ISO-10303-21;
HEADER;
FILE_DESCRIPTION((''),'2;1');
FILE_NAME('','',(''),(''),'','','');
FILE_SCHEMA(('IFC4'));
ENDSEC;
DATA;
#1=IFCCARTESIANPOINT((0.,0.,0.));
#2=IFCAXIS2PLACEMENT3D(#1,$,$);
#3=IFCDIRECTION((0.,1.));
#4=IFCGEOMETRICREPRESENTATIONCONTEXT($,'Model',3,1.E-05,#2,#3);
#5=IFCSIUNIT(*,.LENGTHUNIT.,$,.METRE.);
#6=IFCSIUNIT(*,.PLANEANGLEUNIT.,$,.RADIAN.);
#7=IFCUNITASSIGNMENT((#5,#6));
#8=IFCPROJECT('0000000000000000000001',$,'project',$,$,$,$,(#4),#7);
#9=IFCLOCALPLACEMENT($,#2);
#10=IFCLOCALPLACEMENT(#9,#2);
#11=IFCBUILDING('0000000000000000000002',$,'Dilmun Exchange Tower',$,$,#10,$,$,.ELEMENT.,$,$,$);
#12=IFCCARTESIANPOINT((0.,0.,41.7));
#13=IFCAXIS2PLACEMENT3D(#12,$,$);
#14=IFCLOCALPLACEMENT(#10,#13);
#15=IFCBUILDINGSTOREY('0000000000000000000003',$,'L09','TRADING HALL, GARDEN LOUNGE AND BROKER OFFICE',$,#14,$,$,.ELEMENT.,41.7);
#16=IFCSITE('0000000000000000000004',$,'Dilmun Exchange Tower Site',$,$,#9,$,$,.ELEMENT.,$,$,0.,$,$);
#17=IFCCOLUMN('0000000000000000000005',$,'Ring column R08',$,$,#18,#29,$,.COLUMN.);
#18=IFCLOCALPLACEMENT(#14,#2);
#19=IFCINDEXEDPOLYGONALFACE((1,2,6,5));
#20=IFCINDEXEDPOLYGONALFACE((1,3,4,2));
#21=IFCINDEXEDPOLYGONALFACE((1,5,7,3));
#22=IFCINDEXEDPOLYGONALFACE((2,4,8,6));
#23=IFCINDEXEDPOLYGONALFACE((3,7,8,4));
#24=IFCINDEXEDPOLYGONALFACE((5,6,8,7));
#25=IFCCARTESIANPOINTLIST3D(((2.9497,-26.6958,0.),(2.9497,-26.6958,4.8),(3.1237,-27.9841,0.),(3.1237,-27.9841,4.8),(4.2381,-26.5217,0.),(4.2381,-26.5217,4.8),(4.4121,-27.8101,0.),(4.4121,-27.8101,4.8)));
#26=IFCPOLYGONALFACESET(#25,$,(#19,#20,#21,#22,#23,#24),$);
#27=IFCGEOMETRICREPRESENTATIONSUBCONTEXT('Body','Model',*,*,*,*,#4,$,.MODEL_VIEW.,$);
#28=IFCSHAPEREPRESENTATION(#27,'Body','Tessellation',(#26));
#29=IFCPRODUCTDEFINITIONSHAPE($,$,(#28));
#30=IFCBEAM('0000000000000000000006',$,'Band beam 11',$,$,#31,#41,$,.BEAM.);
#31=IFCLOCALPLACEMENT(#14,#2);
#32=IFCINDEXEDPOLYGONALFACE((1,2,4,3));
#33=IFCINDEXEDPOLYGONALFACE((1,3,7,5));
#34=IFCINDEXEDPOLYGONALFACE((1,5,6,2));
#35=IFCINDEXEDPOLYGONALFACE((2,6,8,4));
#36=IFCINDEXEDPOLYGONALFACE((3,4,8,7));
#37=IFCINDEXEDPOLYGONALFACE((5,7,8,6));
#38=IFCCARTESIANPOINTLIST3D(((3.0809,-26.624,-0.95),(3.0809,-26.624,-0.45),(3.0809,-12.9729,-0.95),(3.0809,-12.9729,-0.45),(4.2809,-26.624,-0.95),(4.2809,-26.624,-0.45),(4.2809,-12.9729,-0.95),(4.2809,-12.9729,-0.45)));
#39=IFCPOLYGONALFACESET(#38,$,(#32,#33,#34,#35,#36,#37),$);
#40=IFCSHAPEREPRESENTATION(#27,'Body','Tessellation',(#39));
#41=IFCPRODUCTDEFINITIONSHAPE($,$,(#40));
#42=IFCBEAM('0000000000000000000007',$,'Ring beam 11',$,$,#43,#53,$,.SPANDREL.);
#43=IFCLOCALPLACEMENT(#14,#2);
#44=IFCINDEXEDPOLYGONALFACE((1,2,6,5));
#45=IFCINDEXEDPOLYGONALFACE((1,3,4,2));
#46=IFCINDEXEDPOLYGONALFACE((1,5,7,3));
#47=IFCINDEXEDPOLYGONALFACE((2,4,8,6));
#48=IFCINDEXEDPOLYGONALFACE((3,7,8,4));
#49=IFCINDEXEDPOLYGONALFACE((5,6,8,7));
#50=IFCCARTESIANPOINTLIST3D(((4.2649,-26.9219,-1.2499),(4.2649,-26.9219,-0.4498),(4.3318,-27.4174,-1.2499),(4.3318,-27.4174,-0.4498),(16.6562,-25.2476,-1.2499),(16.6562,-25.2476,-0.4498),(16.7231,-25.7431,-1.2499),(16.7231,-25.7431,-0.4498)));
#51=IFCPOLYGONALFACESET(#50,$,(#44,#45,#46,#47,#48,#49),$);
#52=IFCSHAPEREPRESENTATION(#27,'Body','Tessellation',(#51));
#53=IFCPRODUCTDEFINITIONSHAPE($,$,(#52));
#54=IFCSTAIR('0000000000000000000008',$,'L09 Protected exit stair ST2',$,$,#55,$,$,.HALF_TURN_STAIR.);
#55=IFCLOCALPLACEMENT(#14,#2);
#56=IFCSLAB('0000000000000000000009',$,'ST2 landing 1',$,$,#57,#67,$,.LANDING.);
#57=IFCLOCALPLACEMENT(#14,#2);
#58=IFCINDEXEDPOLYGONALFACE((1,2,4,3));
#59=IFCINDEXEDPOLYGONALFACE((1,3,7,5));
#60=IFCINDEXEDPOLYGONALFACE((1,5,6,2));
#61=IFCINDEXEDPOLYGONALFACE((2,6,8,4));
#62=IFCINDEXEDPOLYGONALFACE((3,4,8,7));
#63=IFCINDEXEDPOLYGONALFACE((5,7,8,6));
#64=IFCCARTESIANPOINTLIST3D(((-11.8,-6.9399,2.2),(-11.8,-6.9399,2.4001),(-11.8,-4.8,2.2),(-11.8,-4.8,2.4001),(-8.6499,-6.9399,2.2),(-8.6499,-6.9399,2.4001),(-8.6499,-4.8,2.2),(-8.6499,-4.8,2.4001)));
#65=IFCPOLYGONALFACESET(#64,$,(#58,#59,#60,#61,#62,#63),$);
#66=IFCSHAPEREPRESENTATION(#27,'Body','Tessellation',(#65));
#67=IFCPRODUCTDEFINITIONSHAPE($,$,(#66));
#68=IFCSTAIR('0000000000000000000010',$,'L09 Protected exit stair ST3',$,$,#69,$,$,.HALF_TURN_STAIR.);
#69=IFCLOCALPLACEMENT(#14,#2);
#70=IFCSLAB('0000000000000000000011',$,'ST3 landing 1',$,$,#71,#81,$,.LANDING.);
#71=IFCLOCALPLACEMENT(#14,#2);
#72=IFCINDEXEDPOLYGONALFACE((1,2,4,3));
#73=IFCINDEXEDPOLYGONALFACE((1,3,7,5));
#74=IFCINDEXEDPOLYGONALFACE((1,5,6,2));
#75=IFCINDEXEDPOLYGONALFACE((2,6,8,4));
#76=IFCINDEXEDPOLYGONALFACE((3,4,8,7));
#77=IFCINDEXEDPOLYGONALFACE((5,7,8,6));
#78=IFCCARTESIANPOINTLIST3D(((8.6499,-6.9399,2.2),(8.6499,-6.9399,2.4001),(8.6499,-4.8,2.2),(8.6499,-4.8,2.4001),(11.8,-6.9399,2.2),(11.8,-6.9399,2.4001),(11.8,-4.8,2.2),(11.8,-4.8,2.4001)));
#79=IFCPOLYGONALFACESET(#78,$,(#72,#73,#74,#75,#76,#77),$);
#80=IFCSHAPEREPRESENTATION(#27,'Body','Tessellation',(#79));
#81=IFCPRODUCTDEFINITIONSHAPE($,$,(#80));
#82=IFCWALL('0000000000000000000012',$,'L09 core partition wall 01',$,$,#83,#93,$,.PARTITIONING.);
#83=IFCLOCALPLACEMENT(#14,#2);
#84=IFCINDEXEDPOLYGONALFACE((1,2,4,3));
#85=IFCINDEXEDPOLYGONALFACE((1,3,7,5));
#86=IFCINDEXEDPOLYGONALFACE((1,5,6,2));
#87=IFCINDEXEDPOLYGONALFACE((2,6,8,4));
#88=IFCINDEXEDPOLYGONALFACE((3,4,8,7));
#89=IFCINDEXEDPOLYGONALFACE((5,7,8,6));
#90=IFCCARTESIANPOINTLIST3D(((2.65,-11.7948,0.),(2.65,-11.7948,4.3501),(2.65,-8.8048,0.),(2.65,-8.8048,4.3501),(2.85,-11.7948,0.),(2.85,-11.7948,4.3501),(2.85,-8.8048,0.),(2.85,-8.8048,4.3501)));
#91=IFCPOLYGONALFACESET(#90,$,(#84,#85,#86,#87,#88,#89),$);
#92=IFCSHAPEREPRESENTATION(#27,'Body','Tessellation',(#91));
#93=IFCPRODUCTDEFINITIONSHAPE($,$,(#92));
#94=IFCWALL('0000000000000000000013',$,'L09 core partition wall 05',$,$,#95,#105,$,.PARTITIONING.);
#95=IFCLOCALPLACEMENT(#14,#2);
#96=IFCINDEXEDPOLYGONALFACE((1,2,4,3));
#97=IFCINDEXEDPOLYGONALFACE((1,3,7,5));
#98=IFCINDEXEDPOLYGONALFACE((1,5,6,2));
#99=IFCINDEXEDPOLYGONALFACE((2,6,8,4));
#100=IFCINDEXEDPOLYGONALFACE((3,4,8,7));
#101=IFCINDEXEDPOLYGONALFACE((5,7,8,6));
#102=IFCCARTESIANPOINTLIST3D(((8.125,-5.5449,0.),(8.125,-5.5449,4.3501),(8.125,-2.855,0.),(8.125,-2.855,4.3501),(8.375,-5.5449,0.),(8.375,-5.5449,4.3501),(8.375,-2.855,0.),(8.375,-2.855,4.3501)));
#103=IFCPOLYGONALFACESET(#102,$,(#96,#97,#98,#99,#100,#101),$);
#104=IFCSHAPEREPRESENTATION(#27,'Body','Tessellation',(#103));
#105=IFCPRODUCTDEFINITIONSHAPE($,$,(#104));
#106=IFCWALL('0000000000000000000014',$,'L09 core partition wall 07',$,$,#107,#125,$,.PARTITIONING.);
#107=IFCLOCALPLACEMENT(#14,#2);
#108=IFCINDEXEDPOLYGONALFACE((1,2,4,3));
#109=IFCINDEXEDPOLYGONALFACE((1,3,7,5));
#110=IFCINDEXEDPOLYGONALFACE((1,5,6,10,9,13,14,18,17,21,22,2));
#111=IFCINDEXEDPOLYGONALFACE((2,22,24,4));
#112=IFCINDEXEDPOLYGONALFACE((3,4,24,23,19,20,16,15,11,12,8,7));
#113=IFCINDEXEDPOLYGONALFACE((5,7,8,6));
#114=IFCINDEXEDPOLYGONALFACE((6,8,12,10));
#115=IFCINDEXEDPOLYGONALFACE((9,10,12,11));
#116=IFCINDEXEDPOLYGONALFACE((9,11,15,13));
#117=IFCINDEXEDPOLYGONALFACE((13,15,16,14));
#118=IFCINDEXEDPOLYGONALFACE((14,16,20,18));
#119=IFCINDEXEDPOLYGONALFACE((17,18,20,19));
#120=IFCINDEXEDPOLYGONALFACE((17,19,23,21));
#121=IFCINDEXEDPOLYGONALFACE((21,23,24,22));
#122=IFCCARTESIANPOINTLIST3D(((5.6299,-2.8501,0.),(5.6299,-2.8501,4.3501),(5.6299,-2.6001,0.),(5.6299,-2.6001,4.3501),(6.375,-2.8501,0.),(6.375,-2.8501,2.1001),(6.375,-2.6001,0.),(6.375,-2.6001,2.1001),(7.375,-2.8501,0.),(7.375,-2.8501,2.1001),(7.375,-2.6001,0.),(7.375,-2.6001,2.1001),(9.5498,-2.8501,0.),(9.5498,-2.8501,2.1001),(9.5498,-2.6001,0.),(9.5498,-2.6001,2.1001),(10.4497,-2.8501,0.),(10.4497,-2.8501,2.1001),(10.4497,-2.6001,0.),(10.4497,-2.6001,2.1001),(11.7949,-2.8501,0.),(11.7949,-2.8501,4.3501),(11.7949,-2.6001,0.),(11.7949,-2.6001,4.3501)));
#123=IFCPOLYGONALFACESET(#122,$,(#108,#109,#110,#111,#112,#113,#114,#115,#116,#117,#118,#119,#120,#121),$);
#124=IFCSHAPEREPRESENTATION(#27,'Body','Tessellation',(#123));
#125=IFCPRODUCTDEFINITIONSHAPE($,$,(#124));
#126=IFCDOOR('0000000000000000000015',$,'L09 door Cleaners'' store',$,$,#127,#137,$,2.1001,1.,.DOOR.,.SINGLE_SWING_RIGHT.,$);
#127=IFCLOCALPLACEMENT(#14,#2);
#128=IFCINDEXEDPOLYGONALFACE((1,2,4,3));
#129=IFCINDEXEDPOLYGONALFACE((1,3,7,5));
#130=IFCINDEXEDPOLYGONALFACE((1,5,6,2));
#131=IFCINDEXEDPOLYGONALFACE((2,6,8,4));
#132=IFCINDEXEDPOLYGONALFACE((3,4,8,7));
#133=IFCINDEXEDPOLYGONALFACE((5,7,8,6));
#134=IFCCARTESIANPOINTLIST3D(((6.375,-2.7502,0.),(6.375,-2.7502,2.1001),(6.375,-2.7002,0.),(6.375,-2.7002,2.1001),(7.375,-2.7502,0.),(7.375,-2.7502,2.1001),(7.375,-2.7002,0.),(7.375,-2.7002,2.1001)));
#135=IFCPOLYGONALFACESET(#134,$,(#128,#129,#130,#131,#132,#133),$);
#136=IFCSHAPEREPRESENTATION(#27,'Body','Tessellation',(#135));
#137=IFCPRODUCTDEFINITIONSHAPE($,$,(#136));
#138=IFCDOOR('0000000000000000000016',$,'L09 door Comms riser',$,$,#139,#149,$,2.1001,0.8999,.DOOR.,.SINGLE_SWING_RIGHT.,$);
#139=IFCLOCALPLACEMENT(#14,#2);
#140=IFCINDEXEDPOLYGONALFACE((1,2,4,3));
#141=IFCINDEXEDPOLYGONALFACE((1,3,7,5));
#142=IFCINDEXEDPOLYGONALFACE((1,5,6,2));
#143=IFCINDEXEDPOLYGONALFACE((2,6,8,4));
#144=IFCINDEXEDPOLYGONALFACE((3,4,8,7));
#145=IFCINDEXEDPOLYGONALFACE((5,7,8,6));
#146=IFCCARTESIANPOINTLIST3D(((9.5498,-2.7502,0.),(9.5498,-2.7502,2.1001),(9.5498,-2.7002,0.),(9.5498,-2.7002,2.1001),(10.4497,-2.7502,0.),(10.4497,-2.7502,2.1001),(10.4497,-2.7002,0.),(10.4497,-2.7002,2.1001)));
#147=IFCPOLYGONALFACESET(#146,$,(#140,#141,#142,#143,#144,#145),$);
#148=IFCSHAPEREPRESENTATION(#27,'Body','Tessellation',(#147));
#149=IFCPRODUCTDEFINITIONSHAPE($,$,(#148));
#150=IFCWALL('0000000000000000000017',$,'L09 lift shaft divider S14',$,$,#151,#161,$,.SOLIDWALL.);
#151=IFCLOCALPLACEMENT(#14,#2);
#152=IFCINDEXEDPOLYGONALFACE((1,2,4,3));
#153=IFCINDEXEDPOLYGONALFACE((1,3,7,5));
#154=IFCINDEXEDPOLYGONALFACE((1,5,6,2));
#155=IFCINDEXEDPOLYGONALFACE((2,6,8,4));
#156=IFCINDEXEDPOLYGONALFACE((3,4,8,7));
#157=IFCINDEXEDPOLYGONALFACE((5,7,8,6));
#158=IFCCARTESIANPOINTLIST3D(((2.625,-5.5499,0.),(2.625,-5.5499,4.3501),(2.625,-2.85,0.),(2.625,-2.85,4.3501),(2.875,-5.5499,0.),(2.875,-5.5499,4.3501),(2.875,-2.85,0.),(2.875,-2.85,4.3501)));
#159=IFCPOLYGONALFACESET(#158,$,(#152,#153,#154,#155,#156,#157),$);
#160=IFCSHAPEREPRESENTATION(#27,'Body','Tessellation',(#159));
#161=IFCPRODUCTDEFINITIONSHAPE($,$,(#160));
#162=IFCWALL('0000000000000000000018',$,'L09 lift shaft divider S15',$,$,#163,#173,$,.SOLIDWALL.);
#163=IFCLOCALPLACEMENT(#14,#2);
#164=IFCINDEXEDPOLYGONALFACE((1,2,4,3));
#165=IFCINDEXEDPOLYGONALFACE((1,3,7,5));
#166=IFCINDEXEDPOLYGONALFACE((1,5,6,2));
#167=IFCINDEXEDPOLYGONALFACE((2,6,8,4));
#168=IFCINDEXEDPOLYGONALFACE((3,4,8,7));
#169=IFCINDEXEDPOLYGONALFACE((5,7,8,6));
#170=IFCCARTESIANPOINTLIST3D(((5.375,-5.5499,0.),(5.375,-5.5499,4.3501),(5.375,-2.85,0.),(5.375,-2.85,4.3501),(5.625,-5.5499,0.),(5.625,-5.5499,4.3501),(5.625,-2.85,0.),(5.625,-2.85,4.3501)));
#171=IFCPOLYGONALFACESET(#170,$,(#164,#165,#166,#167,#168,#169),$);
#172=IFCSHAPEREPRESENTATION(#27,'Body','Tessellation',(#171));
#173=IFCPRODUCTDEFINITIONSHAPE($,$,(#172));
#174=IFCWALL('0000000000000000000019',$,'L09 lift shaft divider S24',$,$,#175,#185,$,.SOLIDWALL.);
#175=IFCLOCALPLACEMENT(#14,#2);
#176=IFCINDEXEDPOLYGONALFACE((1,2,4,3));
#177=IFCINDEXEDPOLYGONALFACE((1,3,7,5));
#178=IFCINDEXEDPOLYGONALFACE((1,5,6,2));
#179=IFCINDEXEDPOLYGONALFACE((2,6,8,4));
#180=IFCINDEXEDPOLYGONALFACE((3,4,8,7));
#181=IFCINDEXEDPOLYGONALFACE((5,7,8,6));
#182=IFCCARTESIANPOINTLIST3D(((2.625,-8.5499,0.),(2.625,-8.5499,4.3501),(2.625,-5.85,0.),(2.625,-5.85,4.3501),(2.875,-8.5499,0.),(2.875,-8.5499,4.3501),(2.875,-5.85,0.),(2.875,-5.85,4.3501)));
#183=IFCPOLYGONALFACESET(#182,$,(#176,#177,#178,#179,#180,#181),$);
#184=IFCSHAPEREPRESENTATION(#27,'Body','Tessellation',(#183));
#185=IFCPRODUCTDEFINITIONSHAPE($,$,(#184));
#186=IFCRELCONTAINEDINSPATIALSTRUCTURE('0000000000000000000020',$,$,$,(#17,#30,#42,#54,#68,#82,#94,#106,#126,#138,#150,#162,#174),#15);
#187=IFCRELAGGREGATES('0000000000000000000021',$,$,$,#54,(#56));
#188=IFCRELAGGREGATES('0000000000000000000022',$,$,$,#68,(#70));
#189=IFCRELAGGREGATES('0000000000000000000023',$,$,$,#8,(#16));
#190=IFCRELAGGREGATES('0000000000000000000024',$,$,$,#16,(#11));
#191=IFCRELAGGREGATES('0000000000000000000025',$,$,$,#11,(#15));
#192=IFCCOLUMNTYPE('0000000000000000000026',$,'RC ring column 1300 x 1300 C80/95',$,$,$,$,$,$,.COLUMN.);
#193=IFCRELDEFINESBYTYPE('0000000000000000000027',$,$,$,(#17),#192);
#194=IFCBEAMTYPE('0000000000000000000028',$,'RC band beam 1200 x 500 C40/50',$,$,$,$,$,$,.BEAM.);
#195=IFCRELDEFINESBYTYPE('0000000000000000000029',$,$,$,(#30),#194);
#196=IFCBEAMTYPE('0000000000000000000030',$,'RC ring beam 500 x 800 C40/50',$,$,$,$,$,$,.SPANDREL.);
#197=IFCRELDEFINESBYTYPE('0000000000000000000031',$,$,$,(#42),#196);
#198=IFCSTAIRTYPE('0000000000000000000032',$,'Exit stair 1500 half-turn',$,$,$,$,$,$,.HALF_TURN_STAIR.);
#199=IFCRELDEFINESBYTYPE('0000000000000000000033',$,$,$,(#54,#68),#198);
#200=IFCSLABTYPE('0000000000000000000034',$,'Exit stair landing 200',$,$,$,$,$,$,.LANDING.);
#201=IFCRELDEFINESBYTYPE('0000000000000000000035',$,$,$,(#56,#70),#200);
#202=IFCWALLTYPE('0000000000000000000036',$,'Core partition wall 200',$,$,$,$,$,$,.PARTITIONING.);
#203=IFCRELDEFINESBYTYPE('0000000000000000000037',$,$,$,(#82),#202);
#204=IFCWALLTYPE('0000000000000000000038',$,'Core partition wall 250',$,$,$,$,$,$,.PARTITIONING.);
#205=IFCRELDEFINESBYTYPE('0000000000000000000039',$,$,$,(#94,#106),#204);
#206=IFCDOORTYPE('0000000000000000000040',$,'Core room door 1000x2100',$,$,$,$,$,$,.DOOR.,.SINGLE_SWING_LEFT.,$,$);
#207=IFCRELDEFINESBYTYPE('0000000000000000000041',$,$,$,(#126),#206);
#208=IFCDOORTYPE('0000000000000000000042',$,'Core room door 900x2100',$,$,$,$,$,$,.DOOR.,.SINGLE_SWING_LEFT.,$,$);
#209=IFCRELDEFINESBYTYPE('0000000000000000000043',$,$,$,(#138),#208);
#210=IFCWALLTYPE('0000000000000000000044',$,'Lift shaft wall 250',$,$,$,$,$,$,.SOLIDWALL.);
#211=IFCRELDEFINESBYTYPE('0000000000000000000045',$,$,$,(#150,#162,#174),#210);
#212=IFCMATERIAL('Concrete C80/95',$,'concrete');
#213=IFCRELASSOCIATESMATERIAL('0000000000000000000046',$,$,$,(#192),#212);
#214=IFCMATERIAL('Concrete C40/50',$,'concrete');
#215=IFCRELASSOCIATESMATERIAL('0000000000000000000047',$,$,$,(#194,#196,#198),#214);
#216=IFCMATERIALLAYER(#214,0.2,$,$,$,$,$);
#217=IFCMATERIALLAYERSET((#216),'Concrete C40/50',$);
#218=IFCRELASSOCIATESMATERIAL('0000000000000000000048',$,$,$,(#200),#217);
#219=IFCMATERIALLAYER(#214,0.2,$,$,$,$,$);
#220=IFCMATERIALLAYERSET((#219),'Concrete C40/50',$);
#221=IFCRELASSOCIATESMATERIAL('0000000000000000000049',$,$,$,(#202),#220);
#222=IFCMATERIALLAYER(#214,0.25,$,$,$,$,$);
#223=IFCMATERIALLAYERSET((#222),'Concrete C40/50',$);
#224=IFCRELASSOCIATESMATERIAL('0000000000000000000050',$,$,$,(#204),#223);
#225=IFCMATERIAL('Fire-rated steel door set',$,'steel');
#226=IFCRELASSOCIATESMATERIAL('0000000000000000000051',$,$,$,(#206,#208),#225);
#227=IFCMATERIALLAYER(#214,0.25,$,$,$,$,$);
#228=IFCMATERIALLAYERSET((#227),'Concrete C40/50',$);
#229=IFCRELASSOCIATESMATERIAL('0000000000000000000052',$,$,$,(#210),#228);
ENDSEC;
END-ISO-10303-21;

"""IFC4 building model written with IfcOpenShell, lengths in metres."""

from ifc_helpers import new_model, si_unit, direction, frame, frame_2d, origin, origin_2d, place, context, subcontext, project, spatial, polyline, rectangle, outline, extrude, material, layer, layer_set, material_profile, profile_set, type_object, element, fill, aggregate, save


model = new_model("IFC4")

# Units and contexts
model_context = context("Model", 3, precision=1e-05, world=origin(), true_north=direction((0.0, 1.0)))
body_context = subcontext(model_context, "Body", "Model", "MODEL_VIEW")
ifc_project = project(units=[si_unit("LENGTHUNIT", "METRE"), si_unit("PLANEANGLEUNIT", "RADIAN")], contexts=[model_context])

# Site, building, storey
site_placement = place(None, origin())
site = spatial("IfcSite", under=ifc_project, at=site_placement, Name="Dilmun Exchange Tower Site", CompositionType="ELEMENT", RefElevation=0.0)
building_placement = place(site_placement, origin())
building = spatial("IfcBuilding", under=site, at=building_placement, Name="Dilmun Exchange Tower", CompositionType="ELEMENT")
storey_placement = place(building_placement, frame((0.0, 0.0, 41.7)))
storey = spatial("IfcBuildingStorey", under=building, at=storey_placement, Name="L09", Description="TRADING HALL, GARDEN LOUNGE AND BROKER OFFICE", CompositionType="ELEMENT", Elevation=41.7)

# Column
ifc_material_1 = material(Name="Concrete C80/95", Category="concrete")
ifc_material_profile_1 = material_profile(ifc_material_1, rectangle(XDim=1.3, YDim=1.3, at=origin_2d()), Name="1300 x 1300")
ifc_profile_set_1 = profile_set([ifc_material_profile_1], Name="Concrete C80/95")
column_type = type_object("IfcColumnType", Name="RC ring column 1300 x 1300 C80/95", PredefinedType="COLUMN", material=ifc_profile_set_1)
column_placement = place(storey_placement, frame((3.6809, -27.2529, 0.0), z_axis=(0.0, 0.0, 1.0), x_axis=(0.991001, 0.133853, 0.0)))
element("IfcColumn", 1, at=column_placement, inside=storey, type_object=column_type, Name="Ring column R08", PredefinedType="COLUMN", context=body_context, shape_type="SweptSolid", body=[
    extrude(rectangle(XDim=1.3, YDim=1.3, at=origin_2d()), origin(), (0.0, 0.0, 1.0), 4.8),
])

# Beams
ifc_material_2 = material(Name="Concrete C40/50", Category="concrete")
ifc_material_profile_2 = material_profile(ifc_material_2, rectangle(XDim=1.2, YDim=0.5, at=origin_2d()), Name="1200 x 500")
ifc_profile_set_2 = profile_set([ifc_material_profile_2], Name="Concrete C40/50")
beam_type_1 = type_object("IfcBeamType", Name="RC band beam 1200 x 500 C40/50", PredefinedType="BEAM", material=ifc_profile_set_2)
beam_1_placement = place(storey_placement, frame((3.6809, -26.624, -0.7), z_axis=(0.0, 1.0, 0.0), x_axis=(-1.0, 0.0, 0.0)))
element("IfcBeam", 2, at=beam_1_placement, inside=storey, type_object=beam_type_1, Name="Band beam 11", PredefinedType="BEAM", context=body_context, shape_type="SweptSolid", body=[
    extrude(rectangle(XDim=1.2, YDim=0.5, at=origin_2d()), origin(), (0.0, 0.0, 1.0), 13.6511),
])
ifc_material_profile_3 = material_profile(ifc_material_2, rectangle(XDim=0.5, YDim=0.8, at=origin_2d()), Name="500 x 800")
ifc_profile_set_3 = profile_set([ifc_material_profile_3], Name="Concrete C40/50")
beam_type_2 = type_object("IfcBeamType", Name="RC ring beam 500 x 800 C40/50", PredefinedType="SPANDREL", material=ifc_profile_set_3)
beam_2_placement = place(storey_placement, frame((4.2983, -27.1697, -0.8499), z_axis=(0.990994, 0.133903, 0.0), x_axis=(-0.133903, 0.990994, 0.0)))
element("IfcBeam", 3, at=beam_2_placement, inside=storey, type_object=beam_type_2, Name="Ring beam 11", PredefinedType="SPANDREL", context=body_context, shape_type="SweptSolid", body=[
    extrude(rectangle(XDim=0.5, YDim=0.8, at=origin_2d()), origin(), (0.0, 0.0, 1.0), 12.5039),
])

# Stairs, slabs
stair_type = type_object("IfcStairType", Name="Exit stair 1500 half-turn", PredefinedType="HALF_TURN_STAIR", material=ifc_material_2)
stair_1_placement = place(storey_placement, origin())
stair_1 = element("IfcStair", 4, at=stair_1_placement, inside=storey, type_object=stair_type, Name="L09 Protected exit stair ST2", PredefinedType="HALF_TURN_STAIR")
ifc_layer_1 = layer(ifc_material_2, 0.2)
ifc_layer_set_1 = layer_set([ifc_layer_1], Name="Concrete C40/50")
slab_type = type_object("IfcSlabType", Name="Exit stair landing 200", PredefinedType="LANDING", material=ifc_layer_set_1)
slab_1_placement = place(storey_placement, frame((0.0, 0.0, 2.2)))
slab_1 = element("IfcSlab", 5, at=slab_1_placement, type_object=slab_type, Name="ST2 landing 1", PredefinedType="LANDING", context=body_context, shape_type="SweptSolid", body=[
    extrude(outline(polyline([(-8.6499, -6.9399), (-8.6499, -4.8), (-11.8, -4.8), (-11.8, -6.9399), (-8.6499, -6.9399)])), origin(), (0.0, 0.0, 1.0), 0.2002),
])
aggregate(stair_1, [slab_1])
stair_2_placement = place(storey_placement, origin())
stair_2 = element("IfcStair", 6, at=stair_2_placement, inside=storey, type_object=stair_type, Name="L09 Protected exit stair ST3", PredefinedType="HALF_TURN_STAIR")
slab_2_placement = place(storey_placement, frame((0.0, 0.0, 2.2)))
slab_2 = element("IfcSlab", 7, at=slab_2_placement, type_object=slab_type, Name="ST3 landing 1", PredefinedType="LANDING", context=body_context, shape_type="SweptSolid", body=[
    extrude(outline(polyline([(11.8, -6.9399), (11.8, -4.8), (8.6499, -4.8), (8.6499, -6.9399), (11.8, -6.9399)])), origin(), (0.0, 0.0, 1.0), 0.2002),
])
aggregate(stair_2, [slab_2])

# Walls
ifc_layer_2 = layer(ifc_material_2, 0.2)
ifc_layer_set_2 = layer_set([ifc_layer_2], Name="Concrete C40/50")
wall_type_1 = type_object("IfcWallType", Name="Core partition wall 200", PredefinedType="PARTITIONING", material=ifc_layer_set_2)
wall_1_placement = place(storey_placement, frame((2.75, -11.7949, 0.0), z_axis=(0.0, 0.0, 1.0), x_axis=(0.0, 1.0, 0.0)))
element("IfcWall", 8, at=wall_1_placement, inside=storey, type_object=wall_type_1, Name="L09 core partition wall 01", PredefinedType="PARTITIONING", context=body_context, shape_type="SweptSolid", body=[
    extrude(rectangle(XDim=2.99, YDim=0.2, at=frame_2d((1.4951, 0.0))), origin(), (0.0, 0.0, 1.0), 4.3501),
])
ifc_layer_3 = layer(ifc_material_2, 0.25)
ifc_layer_set_3 = layer_set([ifc_layer_3], Name="Concrete C40/50")
wall_type_2 = type_object("IfcWallType", Name="Core partition wall 250", PredefinedType="PARTITIONING", material=ifc_layer_set_3)
wall_2_placement = place(storey_placement, frame((8.25, -5.5449, 0.0), z_axis=(0.0, 0.0, 1.0), x_axis=(0.0, 1.0, 0.0)))
element("IfcWall", 9, at=wall_2_placement, inside=storey, type_object=wall_type_2, Name="L09 core partition wall 05", PredefinedType="PARTITIONING", context=body_context, shape_type="SweptSolid", body=[
    extrude(rectangle(XDim=2.6899, YDim=0.25, at=frame_2d((1.345, 0.0))), origin(), (0.0, 0.0, 1.0), 4.3501),
])

# Wall, openings, doors
wall_3_placement = place(storey_placement, frame((5.6299, -2.7251, 0.0), z_axis=(0.0, 0.0, 1.0), x_axis=(1.0, 0.0, 0.0)))
wall_3 = element("IfcWall", 10, at=wall_3_placement, inside=storey, type_object=wall_type_2, Name="L09 core partition wall 07", PredefinedType="PARTITIONING", context=body_context, shape_type="SweptSolid", body=[
    extrude(rectangle(XDim=6.165, YDim=0.25, at=frame_2d((3.0825, 0.0))), origin(), (0.0, 0.0, 1.0), 4.3501),
])
opening_1_placement = place(wall_3_placement, frame((0.7451, 0.0, 0.0)))
opening_1 = element("IfcOpeningElement", 11, at=opening_1_placement, cuts=wall_3, PredefinedType="OPENING", context=body_context, shape_type="SweptSolid", body=[
    extrude(rectangle(XDim=1.0, YDim=2.1001, at=frame_2d((0.5, 1.05))), frame((0.0, 0.135, 0.0), z_axis=(0.0, -1.0, 0.0), x_axis=(1.0, 0.0, 0.0)), (0.0, 0.0, 1.0), 0.27),
])
opening_2_placement = place(wall_3_placement, frame((3.9199, 0.0, 0.0)))
opening_2 = element("IfcOpeningElement", 12, at=opening_2_placement, cuts=wall_3, PredefinedType="OPENING", context=body_context, shape_type="SweptSolid", body=[
    extrude(rectangle(XDim=0.8999, YDim=2.1001, at=frame_2d((0.45, 1.05))), frame((0.0, 0.135, 0.0), z_axis=(0.0, -1.0, 0.0), x_axis=(1.0, 0.0, 0.0)), (0.0, 0.0, 1.0), 0.27),
])
ifc_material_3 = material(Name="Fire-rated steel door set", Category="steel")
door_type_1 = type_object("IfcDoorType", Name="Core room door 1000x2100", OperationType="SINGLE_SWING_LEFT", PredefinedType="DOOR", material=ifc_material_3)
door_1_placement = place(opening_1_placement, origin())
door_1 = element("IfcDoor", 13, at=door_1_placement, inside=storey, type_object=door_type_1, Name="L09 door Cleaners' store", OperationType="SINGLE_SWING_RIGHT", OverallHeight=2.1001, OverallWidth=1.0, PredefinedType="DOOR", context=body_context, shape_type="SweptSolid", body=[
    extrude(rectangle(XDim=1.0, YDim=2.1001, at=frame_2d((0.5, 1.05))), frame((0.0, 0.0249, 0.0), z_axis=(0.0, -1.0, 0.0), x_axis=(1.0, 0.0, 0.0)), (0.0, 0.0, 1.0), 0.05),
])
fill(opening_1, door_1)
door_type_2 = type_object("IfcDoorType", Name="Core room door 900x2100", OperationType="SINGLE_SWING_LEFT", PredefinedType="DOOR", material=ifc_material_3)
door_2_placement = place(opening_2_placement, origin())
door_2 = element("IfcDoor", 14, at=door_2_placement, inside=storey, type_object=door_type_2, Name="L09 door Comms riser", OperationType="SINGLE_SWING_RIGHT", OverallHeight=2.1001, OverallWidth=0.8999, PredefinedType="DOOR", context=body_context, shape_type="SweptSolid", body=[
    extrude(rectangle(XDim=0.8999, YDim=2.1001, at=frame_2d((0.45, 1.05))), frame((0.0, 0.0249, 0.0), z_axis=(0.0, -1.0, 0.0), x_axis=(1.0, 0.0, 0.0)), (0.0, 0.0, 1.0), 0.05),
])
fill(opening_2, door_2)

# Walls
ifc_layer_4 = layer(ifc_material_2, 0.25)
ifc_layer_set_4 = layer_set([ifc_layer_4], Name="Concrete C40/50")
wall_type_3 = type_object("IfcWallType", Name="Lift shaft wall 250", PredefinedType="SOLIDWALL", material=ifc_layer_set_4)
for number, where, z_axis, x_axis, name in (
    (15, (2.75, -5.55, 0.0), (0.0, 0.0, 1.0), (0.0, 1.0, 0.0), "L09 lift shaft divider S14"),
    (16, (5.5, -5.55, 0.0), (0.0, 0.0, 1.0), (0.0, 1.0, 0.0), "L09 lift shaft divider S15"),
    (17, (2.75, -8.55, 0.0), (0.0, 0.0, 1.0), (0.0, 1.0, 0.0), "L09 lift shaft divider S24"),
):
    element("IfcWall", number, at=place(storey_placement, frame(where, z_axis=z_axis, x_axis=x_axis)), inside=storey, type_object=wall_type_3, Name=name, PredefinedType="SOLIDWALL", context=body_context, shape_type="SweptSolid", body=[
        extrude(rectangle(XDim=2.7, YDim=0.25, at=frame_2d((1.3501, 0.0))), origin(), (0.0, 0.0, 1.0), 4.3501),
    ])

save(model, "model.ifc")
